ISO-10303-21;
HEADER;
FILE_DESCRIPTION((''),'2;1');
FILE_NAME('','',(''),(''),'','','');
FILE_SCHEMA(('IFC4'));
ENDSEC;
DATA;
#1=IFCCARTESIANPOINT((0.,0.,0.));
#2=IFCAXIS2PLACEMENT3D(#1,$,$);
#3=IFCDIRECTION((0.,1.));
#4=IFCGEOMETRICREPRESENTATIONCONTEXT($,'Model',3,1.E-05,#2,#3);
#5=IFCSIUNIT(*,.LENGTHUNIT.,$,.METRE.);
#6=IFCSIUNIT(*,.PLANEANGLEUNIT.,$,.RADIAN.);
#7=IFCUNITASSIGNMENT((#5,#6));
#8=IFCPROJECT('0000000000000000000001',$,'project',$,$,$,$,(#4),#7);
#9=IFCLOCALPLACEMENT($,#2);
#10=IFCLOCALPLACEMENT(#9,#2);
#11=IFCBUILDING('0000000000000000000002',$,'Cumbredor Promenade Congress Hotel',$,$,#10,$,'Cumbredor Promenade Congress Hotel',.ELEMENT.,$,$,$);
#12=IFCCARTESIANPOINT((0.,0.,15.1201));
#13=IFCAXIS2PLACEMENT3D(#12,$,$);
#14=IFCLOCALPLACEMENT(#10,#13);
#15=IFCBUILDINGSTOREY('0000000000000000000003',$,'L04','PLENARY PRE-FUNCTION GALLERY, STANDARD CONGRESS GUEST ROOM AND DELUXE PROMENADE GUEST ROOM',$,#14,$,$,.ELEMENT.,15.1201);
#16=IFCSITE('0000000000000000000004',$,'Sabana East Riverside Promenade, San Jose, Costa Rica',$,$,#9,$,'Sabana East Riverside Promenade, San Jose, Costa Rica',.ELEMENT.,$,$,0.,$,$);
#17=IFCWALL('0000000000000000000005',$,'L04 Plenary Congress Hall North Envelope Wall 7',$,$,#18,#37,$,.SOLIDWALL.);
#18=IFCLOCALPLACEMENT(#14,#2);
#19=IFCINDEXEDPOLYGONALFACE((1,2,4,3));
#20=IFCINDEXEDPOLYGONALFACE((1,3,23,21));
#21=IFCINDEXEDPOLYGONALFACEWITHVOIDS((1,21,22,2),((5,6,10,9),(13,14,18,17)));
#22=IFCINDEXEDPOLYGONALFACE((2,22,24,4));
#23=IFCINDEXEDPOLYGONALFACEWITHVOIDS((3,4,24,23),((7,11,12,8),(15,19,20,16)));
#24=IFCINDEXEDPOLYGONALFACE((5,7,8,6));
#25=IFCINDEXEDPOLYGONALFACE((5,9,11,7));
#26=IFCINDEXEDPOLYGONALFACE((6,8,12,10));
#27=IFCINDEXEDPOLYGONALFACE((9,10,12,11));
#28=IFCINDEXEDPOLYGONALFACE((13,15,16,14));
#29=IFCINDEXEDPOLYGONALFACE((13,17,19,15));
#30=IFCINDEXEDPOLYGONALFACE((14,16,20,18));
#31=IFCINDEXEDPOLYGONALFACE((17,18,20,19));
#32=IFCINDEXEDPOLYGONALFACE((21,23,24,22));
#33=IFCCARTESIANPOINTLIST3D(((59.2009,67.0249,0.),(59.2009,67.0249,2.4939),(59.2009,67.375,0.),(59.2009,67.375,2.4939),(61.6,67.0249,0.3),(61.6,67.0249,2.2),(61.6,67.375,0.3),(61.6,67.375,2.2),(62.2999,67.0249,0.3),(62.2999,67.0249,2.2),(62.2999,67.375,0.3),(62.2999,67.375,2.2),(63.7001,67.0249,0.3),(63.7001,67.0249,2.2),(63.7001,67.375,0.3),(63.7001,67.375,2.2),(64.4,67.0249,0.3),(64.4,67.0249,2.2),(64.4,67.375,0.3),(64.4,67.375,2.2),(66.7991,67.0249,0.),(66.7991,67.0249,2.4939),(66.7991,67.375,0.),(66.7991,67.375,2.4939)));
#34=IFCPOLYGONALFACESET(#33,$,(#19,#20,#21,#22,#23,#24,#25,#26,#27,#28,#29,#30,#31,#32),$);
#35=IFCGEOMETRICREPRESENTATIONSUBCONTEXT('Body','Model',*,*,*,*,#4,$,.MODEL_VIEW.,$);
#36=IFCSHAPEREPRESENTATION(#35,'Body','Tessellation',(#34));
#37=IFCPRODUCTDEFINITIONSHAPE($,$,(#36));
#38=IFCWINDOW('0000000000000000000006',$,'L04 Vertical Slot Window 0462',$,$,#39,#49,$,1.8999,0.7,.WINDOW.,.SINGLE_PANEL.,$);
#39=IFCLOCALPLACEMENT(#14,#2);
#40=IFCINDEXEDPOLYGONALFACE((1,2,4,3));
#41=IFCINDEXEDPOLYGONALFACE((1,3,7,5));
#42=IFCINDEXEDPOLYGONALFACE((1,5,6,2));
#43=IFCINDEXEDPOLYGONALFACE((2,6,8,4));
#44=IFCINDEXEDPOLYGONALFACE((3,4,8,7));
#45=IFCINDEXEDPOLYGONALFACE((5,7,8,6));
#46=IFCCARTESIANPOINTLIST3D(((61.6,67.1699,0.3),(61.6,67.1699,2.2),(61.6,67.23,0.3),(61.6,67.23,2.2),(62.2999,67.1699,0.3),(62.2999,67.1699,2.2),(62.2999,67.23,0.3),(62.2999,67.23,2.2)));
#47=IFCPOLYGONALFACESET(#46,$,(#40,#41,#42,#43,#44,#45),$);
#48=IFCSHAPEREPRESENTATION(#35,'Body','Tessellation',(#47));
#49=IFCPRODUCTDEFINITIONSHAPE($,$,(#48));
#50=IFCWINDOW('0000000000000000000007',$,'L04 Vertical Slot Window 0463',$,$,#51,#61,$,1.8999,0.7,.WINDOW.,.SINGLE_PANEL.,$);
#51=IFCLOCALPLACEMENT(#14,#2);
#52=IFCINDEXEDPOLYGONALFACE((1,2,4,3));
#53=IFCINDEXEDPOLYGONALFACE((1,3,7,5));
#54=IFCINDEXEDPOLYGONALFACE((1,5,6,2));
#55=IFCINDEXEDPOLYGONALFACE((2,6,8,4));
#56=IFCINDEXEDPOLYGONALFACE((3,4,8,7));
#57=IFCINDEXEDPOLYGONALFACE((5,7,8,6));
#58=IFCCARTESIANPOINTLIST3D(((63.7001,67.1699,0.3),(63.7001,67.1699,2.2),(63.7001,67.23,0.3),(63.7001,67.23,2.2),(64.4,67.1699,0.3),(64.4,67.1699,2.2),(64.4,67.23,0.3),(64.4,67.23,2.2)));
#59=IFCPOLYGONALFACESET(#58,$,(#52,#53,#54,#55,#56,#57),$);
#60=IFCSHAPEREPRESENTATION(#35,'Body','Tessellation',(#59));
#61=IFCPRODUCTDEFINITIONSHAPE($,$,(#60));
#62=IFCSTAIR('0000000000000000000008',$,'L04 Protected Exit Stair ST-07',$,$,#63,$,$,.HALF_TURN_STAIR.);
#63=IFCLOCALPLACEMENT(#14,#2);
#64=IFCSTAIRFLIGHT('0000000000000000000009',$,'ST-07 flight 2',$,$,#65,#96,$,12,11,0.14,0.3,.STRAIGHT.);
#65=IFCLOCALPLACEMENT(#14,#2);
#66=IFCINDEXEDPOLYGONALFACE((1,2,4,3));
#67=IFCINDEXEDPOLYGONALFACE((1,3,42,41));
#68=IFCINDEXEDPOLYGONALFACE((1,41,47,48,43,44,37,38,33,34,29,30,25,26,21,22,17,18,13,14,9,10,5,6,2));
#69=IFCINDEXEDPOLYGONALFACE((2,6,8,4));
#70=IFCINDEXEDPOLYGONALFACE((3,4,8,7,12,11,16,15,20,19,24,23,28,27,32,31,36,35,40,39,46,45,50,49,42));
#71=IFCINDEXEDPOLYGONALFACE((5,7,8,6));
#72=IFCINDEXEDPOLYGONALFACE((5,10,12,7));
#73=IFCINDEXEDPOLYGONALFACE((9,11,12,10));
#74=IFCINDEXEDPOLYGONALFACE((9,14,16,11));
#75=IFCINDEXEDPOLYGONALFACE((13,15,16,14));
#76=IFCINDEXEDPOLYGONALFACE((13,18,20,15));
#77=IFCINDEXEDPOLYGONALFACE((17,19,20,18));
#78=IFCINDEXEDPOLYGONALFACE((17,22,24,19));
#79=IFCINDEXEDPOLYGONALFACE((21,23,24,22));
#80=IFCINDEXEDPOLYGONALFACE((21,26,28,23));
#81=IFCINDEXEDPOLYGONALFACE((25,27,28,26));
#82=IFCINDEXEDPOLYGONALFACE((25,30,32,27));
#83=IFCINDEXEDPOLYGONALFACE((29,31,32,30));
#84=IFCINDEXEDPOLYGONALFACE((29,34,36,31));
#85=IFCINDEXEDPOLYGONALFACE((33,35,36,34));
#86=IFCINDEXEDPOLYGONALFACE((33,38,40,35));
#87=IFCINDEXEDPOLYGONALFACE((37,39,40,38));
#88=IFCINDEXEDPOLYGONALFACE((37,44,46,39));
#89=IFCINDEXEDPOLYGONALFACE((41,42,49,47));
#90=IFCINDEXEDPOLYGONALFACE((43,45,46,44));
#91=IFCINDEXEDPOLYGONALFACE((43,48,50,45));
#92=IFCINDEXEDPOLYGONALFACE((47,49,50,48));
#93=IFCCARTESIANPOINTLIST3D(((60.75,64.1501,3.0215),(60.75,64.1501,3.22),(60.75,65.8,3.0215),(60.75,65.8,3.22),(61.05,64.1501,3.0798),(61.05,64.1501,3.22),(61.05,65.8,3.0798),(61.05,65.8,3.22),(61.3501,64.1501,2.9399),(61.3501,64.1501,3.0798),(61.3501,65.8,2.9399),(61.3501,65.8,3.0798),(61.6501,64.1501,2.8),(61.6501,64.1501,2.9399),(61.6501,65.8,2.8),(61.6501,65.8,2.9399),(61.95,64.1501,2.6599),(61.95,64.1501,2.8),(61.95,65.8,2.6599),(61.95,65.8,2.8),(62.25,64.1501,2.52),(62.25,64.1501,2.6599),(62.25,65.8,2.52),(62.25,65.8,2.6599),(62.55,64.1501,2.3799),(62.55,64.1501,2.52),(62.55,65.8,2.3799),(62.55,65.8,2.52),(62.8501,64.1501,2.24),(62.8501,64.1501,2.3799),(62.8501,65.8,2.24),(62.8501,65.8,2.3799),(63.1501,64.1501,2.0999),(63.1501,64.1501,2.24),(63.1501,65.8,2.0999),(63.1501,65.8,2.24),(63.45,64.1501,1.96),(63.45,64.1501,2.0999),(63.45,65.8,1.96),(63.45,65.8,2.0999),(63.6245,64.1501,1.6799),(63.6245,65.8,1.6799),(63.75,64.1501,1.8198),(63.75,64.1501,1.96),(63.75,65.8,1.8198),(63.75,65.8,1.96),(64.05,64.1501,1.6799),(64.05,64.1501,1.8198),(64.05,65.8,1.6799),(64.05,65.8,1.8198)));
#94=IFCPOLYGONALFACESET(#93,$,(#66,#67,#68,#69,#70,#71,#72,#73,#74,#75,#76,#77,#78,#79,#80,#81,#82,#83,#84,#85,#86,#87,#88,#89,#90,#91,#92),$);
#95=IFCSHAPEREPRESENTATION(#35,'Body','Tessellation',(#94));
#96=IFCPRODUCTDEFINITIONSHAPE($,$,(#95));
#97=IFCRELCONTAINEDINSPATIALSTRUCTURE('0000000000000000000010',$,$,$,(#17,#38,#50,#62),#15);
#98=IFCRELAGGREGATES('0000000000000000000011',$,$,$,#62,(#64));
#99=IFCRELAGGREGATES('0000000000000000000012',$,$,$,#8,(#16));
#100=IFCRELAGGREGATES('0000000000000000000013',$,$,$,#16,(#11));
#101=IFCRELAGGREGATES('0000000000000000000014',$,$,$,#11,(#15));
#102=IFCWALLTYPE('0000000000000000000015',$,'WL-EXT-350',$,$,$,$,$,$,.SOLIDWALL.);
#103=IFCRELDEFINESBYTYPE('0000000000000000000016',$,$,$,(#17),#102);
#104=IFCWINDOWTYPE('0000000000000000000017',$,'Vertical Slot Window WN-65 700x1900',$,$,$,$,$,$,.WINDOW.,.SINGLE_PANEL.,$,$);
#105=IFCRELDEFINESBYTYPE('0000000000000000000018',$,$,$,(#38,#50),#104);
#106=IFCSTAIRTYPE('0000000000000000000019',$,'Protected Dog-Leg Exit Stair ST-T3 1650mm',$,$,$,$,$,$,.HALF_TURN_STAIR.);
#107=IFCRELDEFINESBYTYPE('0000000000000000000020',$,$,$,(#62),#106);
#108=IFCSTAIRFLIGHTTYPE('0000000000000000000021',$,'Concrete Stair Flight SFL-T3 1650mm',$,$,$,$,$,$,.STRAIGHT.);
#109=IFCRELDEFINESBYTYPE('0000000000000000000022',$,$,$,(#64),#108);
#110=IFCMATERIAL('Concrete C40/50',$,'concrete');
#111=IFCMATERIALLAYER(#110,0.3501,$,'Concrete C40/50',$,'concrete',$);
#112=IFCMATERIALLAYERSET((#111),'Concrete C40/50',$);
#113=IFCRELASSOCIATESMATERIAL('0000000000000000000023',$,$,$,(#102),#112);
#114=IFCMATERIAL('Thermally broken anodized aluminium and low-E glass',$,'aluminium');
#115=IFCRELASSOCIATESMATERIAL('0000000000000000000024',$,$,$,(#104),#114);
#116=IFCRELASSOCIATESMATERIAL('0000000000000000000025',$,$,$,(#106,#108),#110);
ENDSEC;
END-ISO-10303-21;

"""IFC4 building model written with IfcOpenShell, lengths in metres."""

from ifc_helpers import new_model, si_unit, direction, frame, frame_2d, origin, place, context, subcontext, project, spatial, polyline, rectangle, outline, extrude, material, layer, layer_set, type_object, element, fill, aggregate, save


model = new_model("IFC4")

# Units and contexts
model_context = context("Model", 3, precision=1e-05, world=origin(), true_north=direction((0.0, 1.0)))
body_context = subcontext(model_context, "Body", "Model", "MODEL_VIEW")
ifc_project = project(units=[si_unit("LENGTHUNIT", "METRE"), si_unit("PLANEANGLEUNIT", "RADIAN")], contexts=[model_context])

# Site, building, storey
site_placement = place(None, origin())
site = spatial("IfcSite", under=ifc_project, at=site_placement, Name="Sabana East Riverside Promenade, San Jose, Costa Rica", LongName="Sabana East Riverside Promenade, San Jose, Costa Rica", CompositionType="ELEMENT", RefElevation=0.0)
building_placement = place(site_placement, origin())
building = spatial("IfcBuilding", under=site, at=building_placement, Name="Cumbredor Promenade Congress Hotel", LongName="Cumbredor Promenade Congress Hotel", CompositionType="ELEMENT")
storey_placement = place(building_placement, frame((0.0, 0.0, 15.1201)))
storey = spatial("IfcBuildingStorey", under=building, at=storey_placement, Name="L04", Description="PLENARY PRE-FUNCTION GALLERY, STANDARD CONGRESS GUEST ROOM AND DELUXE PROMENADE GUEST ROOM", CompositionType="ELEMENT", Elevation=15.1201)

# Shared definitions
ifc_material_1 = material(Name="Thermally broken anodized aluminium and low-E glass", Category="aluminium")

# Wall, openings, windows
ifc_material_2 = material(Name="Concrete C40/50", Category="concrete")
ifc_layer_1 = layer(ifc_material_2, 0.3501, Name="Concrete C40/50", Category="concrete")
ifc_layer_set_1 = layer_set([ifc_layer_1], Name="Concrete C40/50")
wall_type = type_object("IfcWallType", Name="WL-EXT-350", PredefinedType="SOLIDWALL", material=ifc_layer_set_1)
wall_placement = place(storey_placement, frame((59.2009, 67.2, 0.0), z_axis=(0.0, 0.0, 1.0), x_axis=(1.0, 0.0, 0.0)))
wall = element("IfcWall", 1, at=wall_placement, inside=storey, type_object=wall_type, Name="L04 Plenary Congress Hall North Envelope Wall 7", PredefinedType="SOLIDWALL", context=body_context, shape_type="SweptSolid", body=[
    extrude(rectangle(XDim=7.5981, YDim=0.3501, at=frame_2d((3.7991, 0.0))), origin(), (0.0, 0.0, 1.0), 2.4939),
])
opening_1_placement = place(wall_placement, frame((2.3989, 0.0, 0.3)))
opening_1 = element("IfcOpeningElement", 2, at=opening_1_placement, cuts=wall, PredefinedType="OPENING", context=body_context, shape_type="SweptSolid", body=[
    extrude(rectangle(XDim=0.7, YDim=1.8999, at=frame_2d((0.3501, 0.95))), frame((0.0, 0.1851, 0.0), z_axis=(0.0, -1.0, 0.0), x_axis=(1.0, 0.0, 0.0)), (0.0, 0.0, 1.0), 0.3701),
])
opening_2_placement = place(wall_placement, frame((4.499, 0.0, 0.3)))
opening_2 = element("IfcOpeningElement", 3, at=opening_2_placement, cuts=wall, PredefinedType="OPENING", context=body_context, shape_type="SweptSolid", body=[
    extrude(rectangle(XDim=0.7, YDim=1.8999, at=frame_2d((0.3501, 0.95))), frame((0.0, 0.1851, 0.0), z_axis=(0.0, -1.0, 0.0), x_axis=(1.0, 0.0, 0.0)), (0.0, 0.0, 1.0), 0.3701),
])
window_type = type_object("IfcWindowType", Name="Vertical Slot Window WN-65 700x1900", PartitioningType="SINGLE_PANEL", PredefinedType="WINDOW", material=ifc_material_1)
window_1_placement = place(opening_1_placement, origin())
window_1 = element("IfcWindow", 4, at=window_1_placement, inside=storey, type_object=window_type, Name="L04 Vertical Slot Window 0462", OverallHeight=1.8999, OverallWidth=0.7, PartitioningType="SINGLE_PANEL", PredefinedType="WINDOW", context=body_context, shape_type="SweptSolid", body=[
    extrude(rectangle(XDim=0.7, YDim=1.8999, at=frame_2d((0.3501, 0.95))), frame((0.0, 0.03, 0.0), z_axis=(0.0, -1.0, 0.0), x_axis=(1.0, 0.0, 0.0)), (0.0, 0.0, 1.0), 0.0601),
])
fill(opening_1, window_1)
window_2_placement = place(opening_2_placement, origin())
window_2 = element("IfcWindow", 5, at=window_2_placement, inside=storey, type_object=window_type, Name="L04 Vertical Slot Window 0463", OverallHeight=1.8999, OverallWidth=0.7, PartitioningType="SINGLE_PANEL", PredefinedType="WINDOW", context=body_context, shape_type="SweptSolid", body=[
    extrude(rectangle(XDim=0.7, YDim=1.8999, at=frame_2d((0.3501, 0.95))), frame((0.0, 0.03, 0.0), z_axis=(0.0, -1.0, 0.0), x_axis=(1.0, 0.0, 0.0)), (0.0, 0.0, 1.0), 0.0601),
])
fill(opening_2, window_2)

# Stair, stair flight
stair_type = type_object("IfcStairType", Name="Protected Dog-Leg Exit Stair ST-T3 1650mm", PredefinedType="HALF_TURN_STAIR", material=ifc_material_2)
stair_placement = place(storey_placement, origin())
stair = element("IfcStair", 6, at=stair_placement, inside=storey, type_object=stair_type, Name="L04 Protected Exit Stair ST-07", PredefinedType="HALF_TURN_STAIR")
stair_flight_type = type_object("IfcStairFlightType", Name="Concrete Stair Flight SFL-T3 1650mm", PredefinedType="STRAIGHT", material=ifc_material_2)
stair_flight_placement = place(storey_placement, frame((64.05, 64.9751, 1.6799), z_axis=(0.0, 0.0, 1.0), x_axis=(-1.0, 0.0, 0.0)))
stair_flight = element("IfcStairFlight", 7, at=stair_flight_placement, type_object=stair_flight_type, Name="ST-07 flight 2", NumberOfRisers=12, NumberOfTreads=11, PredefinedType="STRAIGHT", RiserHeight=0.14, TreadLength=0.3, context=body_context, shape_type="SweptSolid", body=[
    extrude(outline(polyline([(0.0, 0.0), (0.0, 0.1399), (0.3, 0.1399), (0.3, 0.28), (0.6001, 0.28), (0.6001, 0.4199), (0.8999, 0.4199), (0.8999, 0.5601), (1.2, 0.5601), (1.2, 0.7), (1.5, 0.7), (1.5, 0.8401), (1.8, 0.8401), (1.8, 0.98), (2.1001, 0.98), (2.1001, 1.1201), (2.3999, 1.1201), (2.3999, 1.26), (2.7, 1.26), (2.7, 1.3999), (3.0, 1.3999), (3.0, 1.54), (3.3, 1.54), (3.3, 1.6799), (3.3, 1.3416), (0.4255, 0.0), (0.0, 0.0)])), frame((0.0, 0.825, 0.0), z_axis=(0.0, -1.0, 0.0), x_axis=(1.0, 0.0, 0.0)), (0.0, 0.0, 1.0), 1.6499),
])
aggregate(stair, [stair_flight])

save(model, "model.ifc")
